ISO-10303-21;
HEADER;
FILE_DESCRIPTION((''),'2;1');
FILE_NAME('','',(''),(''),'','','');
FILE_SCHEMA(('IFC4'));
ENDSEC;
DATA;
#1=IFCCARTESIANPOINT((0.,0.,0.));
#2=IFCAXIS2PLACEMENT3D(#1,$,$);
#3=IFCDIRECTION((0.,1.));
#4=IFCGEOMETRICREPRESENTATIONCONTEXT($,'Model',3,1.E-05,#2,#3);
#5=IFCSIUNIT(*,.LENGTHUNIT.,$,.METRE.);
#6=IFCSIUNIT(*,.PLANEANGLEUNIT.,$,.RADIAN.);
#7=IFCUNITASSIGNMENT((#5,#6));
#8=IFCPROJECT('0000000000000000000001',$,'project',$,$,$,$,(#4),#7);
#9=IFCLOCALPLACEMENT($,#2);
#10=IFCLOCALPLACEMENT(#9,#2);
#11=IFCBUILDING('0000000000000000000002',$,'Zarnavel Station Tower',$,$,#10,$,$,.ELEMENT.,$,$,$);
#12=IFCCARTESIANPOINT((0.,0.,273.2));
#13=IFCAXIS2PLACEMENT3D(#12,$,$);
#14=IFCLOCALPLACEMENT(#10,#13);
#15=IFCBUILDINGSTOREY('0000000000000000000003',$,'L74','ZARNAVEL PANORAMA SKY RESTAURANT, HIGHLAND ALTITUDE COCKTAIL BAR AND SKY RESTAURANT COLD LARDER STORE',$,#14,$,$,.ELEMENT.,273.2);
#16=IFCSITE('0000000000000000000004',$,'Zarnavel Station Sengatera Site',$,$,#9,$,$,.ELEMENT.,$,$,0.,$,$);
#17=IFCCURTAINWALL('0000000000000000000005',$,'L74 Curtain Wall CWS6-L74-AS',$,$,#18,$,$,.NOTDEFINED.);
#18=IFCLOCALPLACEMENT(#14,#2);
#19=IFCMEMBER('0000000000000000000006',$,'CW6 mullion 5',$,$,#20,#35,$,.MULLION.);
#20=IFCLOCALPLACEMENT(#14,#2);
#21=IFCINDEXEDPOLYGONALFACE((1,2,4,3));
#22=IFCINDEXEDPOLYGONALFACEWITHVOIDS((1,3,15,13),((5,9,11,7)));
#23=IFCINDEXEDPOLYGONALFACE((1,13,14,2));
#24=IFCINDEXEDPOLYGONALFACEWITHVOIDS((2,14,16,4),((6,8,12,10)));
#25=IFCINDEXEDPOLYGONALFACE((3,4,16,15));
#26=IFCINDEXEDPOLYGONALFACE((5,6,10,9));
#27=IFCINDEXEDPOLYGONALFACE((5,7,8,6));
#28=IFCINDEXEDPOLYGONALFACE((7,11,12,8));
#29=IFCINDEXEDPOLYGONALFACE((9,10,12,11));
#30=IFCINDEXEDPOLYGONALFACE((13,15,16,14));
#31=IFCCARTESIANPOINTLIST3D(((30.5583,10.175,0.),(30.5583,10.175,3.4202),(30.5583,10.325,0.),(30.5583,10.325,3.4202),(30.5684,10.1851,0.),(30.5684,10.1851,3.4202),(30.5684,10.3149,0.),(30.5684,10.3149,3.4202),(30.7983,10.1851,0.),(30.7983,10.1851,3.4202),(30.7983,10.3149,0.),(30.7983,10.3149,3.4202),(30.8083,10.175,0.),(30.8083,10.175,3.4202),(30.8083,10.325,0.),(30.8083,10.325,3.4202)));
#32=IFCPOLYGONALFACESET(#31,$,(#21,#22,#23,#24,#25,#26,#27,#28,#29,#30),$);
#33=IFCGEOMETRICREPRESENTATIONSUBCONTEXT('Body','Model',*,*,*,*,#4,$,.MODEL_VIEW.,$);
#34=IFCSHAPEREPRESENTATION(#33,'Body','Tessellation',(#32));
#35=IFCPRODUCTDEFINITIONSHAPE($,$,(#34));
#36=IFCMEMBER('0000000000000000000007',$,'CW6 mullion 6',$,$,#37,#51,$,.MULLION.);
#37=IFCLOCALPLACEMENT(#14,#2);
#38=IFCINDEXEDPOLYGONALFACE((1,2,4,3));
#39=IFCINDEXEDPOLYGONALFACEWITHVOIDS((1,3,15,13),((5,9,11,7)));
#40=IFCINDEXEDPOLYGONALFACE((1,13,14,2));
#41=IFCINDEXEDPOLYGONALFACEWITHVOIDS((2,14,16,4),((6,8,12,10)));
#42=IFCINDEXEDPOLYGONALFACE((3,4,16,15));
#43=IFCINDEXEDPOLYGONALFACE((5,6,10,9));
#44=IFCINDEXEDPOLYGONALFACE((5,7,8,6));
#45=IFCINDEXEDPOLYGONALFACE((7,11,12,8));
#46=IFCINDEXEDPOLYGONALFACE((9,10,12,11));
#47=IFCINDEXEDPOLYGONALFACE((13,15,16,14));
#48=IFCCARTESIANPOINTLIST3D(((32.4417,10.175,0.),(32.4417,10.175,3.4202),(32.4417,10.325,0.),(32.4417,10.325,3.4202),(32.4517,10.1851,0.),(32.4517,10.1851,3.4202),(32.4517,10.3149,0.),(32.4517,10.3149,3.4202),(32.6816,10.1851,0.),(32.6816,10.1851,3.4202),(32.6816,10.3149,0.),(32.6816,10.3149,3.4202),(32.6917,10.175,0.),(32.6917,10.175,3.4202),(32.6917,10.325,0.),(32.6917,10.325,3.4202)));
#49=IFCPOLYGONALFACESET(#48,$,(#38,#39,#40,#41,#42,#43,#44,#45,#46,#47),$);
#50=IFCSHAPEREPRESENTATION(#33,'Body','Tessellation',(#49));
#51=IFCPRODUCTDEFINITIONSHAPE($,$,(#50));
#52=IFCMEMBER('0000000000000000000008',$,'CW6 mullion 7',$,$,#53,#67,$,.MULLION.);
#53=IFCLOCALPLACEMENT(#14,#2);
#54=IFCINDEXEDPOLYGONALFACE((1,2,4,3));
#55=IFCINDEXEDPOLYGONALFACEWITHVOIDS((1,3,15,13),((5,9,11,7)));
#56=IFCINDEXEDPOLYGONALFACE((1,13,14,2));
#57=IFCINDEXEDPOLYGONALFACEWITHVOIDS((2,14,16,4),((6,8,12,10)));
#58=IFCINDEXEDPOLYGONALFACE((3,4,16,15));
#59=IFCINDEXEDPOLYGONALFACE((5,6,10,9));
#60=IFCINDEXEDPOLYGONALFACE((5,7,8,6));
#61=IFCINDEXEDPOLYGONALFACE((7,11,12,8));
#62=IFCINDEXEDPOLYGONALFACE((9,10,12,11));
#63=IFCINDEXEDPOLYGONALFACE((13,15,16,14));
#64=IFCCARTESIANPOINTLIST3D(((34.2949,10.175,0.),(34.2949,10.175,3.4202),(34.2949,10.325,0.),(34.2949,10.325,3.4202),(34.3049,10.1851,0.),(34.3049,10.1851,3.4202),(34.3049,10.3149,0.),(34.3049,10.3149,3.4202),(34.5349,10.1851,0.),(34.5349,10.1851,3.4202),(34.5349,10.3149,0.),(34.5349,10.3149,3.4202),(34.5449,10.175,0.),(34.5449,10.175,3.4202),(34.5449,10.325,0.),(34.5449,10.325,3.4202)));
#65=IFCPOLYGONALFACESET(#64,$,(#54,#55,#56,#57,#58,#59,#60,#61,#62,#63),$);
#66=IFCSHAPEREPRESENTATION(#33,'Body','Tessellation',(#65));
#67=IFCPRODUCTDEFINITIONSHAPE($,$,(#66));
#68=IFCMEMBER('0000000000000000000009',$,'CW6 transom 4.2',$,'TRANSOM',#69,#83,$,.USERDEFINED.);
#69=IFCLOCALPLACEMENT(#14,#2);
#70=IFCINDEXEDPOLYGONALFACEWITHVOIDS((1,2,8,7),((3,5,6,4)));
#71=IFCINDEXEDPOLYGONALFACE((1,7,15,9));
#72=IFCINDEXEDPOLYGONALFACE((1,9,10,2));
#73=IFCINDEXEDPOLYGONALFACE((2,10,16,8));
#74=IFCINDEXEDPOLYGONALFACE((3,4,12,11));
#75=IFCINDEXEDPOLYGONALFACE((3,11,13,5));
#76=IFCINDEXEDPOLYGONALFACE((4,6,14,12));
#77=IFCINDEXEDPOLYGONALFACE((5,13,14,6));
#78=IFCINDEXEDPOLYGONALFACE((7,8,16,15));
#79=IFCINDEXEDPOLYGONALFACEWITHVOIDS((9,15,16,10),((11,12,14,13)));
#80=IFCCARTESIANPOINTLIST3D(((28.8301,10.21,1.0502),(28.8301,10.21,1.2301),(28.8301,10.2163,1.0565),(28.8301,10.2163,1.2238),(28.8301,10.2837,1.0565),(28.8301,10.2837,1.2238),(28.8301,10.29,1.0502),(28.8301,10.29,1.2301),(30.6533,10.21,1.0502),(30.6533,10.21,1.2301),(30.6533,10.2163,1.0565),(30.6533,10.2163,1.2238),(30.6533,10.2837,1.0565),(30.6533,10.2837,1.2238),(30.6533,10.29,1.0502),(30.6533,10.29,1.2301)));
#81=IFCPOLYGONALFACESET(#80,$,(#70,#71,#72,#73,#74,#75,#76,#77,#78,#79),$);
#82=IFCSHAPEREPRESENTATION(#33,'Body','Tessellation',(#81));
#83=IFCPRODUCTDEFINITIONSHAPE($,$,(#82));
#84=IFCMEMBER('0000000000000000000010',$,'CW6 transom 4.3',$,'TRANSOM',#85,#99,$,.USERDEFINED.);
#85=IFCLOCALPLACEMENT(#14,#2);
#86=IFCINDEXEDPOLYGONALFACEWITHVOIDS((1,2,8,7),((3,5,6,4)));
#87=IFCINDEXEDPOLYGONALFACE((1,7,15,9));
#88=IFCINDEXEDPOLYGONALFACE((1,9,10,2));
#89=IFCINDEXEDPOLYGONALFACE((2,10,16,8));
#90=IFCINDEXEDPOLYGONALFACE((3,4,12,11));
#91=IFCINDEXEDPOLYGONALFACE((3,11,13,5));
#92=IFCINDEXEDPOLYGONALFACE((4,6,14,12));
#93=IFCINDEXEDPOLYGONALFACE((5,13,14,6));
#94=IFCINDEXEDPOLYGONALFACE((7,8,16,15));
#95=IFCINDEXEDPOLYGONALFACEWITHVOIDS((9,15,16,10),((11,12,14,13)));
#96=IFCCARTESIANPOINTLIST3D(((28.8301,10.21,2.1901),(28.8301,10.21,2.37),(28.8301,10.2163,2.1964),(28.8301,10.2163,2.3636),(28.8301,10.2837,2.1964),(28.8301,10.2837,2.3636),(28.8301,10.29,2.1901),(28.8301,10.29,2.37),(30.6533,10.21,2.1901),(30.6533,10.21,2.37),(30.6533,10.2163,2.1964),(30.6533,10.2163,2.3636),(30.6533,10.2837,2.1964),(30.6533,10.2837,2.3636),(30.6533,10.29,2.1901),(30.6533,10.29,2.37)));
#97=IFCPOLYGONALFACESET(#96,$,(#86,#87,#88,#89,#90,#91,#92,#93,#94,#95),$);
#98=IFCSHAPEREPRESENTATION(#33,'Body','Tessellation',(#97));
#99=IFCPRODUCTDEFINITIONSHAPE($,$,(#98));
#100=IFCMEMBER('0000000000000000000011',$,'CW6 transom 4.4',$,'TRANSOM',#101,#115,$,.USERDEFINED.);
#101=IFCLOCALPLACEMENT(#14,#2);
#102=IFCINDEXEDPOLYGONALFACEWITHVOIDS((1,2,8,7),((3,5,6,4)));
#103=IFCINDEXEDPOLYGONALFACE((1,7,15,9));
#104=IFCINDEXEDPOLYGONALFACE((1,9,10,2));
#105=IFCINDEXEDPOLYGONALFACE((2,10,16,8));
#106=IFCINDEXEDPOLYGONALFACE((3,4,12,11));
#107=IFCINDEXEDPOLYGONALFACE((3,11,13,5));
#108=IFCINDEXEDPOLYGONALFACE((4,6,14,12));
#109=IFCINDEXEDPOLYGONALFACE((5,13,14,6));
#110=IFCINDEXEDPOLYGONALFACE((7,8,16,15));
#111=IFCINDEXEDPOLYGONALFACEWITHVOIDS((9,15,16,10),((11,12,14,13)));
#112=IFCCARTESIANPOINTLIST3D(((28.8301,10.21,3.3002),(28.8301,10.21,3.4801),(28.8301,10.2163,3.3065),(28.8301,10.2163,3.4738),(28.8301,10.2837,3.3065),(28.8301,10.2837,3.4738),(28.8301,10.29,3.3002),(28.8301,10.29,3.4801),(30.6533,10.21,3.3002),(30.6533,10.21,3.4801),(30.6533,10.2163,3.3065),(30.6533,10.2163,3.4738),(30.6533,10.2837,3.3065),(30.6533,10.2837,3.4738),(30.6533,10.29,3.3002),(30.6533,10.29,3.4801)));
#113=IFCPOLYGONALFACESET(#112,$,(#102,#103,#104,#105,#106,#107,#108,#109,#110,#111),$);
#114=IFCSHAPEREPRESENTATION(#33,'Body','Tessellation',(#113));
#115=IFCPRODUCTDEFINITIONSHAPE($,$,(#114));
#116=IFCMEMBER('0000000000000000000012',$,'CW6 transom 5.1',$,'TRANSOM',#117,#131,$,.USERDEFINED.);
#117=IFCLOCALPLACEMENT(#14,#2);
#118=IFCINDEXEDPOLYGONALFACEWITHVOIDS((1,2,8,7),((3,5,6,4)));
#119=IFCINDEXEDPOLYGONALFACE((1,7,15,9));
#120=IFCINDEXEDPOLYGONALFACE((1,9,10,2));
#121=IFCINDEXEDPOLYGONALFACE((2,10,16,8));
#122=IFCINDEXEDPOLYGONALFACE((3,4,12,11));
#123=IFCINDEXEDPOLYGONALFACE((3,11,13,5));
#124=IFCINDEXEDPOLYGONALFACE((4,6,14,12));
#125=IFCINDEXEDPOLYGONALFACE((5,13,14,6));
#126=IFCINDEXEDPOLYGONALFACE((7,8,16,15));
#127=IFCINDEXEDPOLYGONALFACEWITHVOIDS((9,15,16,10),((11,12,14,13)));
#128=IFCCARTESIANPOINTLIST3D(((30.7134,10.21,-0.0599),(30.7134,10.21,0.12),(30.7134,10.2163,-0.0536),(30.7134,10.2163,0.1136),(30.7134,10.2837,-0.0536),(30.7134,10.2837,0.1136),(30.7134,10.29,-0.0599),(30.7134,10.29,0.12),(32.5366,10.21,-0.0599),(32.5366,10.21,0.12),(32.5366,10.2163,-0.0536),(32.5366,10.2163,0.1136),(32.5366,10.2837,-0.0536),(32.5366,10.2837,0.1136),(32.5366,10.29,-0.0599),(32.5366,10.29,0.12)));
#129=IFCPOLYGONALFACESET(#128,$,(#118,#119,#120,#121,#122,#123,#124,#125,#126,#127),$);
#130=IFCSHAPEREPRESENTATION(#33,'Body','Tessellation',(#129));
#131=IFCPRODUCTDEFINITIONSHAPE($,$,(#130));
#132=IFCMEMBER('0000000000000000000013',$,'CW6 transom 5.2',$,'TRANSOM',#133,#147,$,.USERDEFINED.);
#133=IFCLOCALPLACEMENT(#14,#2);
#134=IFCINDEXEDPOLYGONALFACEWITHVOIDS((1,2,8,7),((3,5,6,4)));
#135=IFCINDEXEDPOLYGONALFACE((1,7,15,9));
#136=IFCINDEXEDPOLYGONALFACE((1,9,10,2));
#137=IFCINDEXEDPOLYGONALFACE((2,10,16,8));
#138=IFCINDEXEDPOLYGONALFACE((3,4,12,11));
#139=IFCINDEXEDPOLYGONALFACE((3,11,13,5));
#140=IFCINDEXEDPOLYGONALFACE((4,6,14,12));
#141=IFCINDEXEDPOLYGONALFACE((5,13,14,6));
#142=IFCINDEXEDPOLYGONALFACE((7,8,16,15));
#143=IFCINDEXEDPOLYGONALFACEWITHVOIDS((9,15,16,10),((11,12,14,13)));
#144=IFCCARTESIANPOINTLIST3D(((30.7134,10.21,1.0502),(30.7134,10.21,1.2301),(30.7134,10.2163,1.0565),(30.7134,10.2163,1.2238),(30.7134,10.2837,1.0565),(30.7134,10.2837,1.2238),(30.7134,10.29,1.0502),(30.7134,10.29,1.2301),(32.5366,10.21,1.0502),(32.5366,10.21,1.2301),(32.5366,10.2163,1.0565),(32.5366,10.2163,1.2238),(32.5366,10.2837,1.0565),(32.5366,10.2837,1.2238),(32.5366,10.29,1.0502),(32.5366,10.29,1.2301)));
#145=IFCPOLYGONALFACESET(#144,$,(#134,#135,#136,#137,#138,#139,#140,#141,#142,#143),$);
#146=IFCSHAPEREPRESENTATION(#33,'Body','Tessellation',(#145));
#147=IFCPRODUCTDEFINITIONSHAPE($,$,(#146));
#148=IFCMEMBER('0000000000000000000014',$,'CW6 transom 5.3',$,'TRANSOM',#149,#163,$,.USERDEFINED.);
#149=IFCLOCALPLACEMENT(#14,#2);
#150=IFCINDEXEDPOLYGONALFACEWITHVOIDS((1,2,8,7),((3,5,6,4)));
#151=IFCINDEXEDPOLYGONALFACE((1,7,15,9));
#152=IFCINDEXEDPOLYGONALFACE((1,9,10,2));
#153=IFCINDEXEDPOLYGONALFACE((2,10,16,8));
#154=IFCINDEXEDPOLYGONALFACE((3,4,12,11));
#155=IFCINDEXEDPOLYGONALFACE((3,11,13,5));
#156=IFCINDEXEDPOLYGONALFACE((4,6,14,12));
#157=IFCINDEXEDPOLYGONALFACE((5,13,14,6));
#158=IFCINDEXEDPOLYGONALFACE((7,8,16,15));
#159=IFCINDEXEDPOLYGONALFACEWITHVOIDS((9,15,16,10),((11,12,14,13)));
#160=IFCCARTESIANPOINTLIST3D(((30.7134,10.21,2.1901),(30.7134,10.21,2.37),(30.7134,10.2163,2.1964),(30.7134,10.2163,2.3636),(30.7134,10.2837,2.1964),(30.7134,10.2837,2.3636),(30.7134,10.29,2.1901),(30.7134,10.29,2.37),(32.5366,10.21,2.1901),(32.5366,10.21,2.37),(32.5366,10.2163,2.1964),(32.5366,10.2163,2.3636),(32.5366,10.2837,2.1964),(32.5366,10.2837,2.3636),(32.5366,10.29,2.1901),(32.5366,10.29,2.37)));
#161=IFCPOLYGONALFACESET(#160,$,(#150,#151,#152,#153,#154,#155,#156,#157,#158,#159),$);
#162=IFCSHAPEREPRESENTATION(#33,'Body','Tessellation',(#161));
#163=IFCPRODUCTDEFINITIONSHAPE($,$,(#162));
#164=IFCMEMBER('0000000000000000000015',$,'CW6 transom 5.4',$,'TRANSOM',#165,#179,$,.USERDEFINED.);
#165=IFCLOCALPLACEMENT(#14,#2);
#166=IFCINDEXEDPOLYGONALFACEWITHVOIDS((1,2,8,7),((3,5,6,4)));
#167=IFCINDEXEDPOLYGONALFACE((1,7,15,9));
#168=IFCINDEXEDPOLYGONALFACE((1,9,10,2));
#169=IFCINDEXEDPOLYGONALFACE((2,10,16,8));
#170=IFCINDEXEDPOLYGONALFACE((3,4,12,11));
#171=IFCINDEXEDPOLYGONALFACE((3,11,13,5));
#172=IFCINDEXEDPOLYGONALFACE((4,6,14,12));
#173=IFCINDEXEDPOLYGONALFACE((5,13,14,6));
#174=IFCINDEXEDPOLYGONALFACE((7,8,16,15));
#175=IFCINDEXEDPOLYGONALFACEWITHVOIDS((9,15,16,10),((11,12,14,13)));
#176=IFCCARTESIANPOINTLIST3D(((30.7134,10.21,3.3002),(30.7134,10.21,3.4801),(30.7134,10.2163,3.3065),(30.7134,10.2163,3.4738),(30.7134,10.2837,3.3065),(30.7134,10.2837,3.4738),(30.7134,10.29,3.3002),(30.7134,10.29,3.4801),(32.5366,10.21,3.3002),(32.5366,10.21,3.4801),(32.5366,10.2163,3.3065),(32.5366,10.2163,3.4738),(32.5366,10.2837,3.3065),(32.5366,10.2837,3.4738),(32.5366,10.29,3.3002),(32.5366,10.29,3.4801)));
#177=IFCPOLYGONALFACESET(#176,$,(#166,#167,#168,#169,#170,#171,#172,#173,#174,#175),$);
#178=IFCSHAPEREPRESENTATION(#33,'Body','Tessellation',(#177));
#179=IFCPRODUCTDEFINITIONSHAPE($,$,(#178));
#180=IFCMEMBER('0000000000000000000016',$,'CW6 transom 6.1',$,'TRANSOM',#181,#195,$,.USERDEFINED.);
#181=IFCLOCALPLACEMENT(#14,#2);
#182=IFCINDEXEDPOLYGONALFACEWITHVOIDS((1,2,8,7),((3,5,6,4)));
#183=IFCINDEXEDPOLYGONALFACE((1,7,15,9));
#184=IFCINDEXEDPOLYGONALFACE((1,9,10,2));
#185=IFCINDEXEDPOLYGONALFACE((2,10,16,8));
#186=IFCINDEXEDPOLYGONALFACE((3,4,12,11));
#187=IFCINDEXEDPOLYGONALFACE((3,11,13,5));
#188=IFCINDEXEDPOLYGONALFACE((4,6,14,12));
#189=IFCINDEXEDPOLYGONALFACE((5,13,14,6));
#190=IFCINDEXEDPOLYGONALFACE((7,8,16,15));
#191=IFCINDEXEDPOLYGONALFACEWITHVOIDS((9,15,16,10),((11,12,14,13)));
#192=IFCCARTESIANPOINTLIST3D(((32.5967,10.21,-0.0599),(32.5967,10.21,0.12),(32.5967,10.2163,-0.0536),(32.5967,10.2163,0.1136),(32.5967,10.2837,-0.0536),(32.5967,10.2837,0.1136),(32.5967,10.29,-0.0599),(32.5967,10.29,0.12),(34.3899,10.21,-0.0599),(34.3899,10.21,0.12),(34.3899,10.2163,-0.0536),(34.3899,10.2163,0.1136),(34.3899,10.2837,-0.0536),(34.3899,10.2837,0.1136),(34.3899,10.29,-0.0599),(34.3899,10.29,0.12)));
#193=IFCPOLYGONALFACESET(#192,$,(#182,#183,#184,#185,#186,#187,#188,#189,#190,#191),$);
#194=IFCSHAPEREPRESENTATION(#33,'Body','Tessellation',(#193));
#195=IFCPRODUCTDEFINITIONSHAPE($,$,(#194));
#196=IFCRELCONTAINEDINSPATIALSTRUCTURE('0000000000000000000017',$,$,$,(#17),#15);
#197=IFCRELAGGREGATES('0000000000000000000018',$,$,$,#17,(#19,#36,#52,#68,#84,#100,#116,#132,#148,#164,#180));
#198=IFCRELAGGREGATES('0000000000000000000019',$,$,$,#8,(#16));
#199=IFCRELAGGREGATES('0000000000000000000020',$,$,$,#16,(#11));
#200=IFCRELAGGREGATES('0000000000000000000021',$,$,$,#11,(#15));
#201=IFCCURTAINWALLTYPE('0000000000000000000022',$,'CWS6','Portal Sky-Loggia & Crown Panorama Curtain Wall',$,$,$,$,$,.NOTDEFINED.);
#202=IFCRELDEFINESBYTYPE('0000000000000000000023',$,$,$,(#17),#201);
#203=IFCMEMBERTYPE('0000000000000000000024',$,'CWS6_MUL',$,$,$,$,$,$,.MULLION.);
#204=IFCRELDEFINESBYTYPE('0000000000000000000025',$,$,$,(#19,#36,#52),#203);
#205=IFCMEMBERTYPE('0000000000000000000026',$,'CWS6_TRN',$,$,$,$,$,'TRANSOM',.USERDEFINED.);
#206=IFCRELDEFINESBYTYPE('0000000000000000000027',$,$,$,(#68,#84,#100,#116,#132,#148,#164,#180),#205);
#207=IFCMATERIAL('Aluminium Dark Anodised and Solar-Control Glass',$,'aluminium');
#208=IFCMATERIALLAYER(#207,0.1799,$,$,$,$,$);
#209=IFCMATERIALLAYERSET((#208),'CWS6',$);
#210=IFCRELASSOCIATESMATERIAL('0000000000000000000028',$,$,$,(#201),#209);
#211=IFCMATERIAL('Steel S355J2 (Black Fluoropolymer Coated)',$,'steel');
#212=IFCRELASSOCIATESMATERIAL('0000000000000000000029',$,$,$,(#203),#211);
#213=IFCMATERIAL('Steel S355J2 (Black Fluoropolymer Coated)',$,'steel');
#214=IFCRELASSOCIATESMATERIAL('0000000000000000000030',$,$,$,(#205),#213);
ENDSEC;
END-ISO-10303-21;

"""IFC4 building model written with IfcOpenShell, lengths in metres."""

from ifc_helpers import new_model, si_unit, direction, frame, origin, origin_2d, place, context, subcontext, project, spatial, hollow_rectangle, extrude, material, layer, layer_set, material_profile, profile_set, type_object, element, aggregate, save


model = new_model("IFC4")

# Units and contexts
model_context = context("Model", 3, precision=1e-05, world=origin(), true_north=direction((0.0, 1.0)))
body_context = subcontext(model_context, "Body", "Model", "MODEL_VIEW")
ifc_project = project(units=[si_unit("LENGTHUNIT", "METRE"), si_unit("PLANEANGLEUNIT", "RADIAN")], contexts=[model_context])

# Site, building, storey
site_placement = place(None, origin())
site = spatial("IfcSite", under=ifc_project, at=site_placement, Name="Zarnavel Station Sengatera Site", CompositionType="ELEMENT", RefElevation=0.0)
building_placement = place(site_placement, origin())
building = spatial("IfcBuilding", under=site, at=building_placement, Name="Zarnavel Station Tower", CompositionType="ELEMENT")
storey_placement = place(building_placement, frame((0.0, 0.0, 273.2)))
storey = spatial("IfcBuildingStorey", under=building, at=storey_placement, Name="L74", Description="ZARNAVEL PANORAMA SKY RESTAURANT, HIGHLAND ALTITUDE COCKTAIL BAR AND SKY RESTAURANT COLD LARDER STORE", CompositionType="ELEMENT", Elevation=273.2)

# Curtain wall, members
ifc_material_1 = material(Name="Aluminium Dark Anodised and Solar-Control Glass", Category="aluminium")
ifc_layer_1 = layer(ifc_material_1, 0.1799)
ifc_layer_set_1 = layer_set([ifc_layer_1], Name="CWS6")
curtain_wall_type = type_object("IfcCurtainWallType", Name="CWS6", Description="Portal Sky-Loggia & Crown Panorama Curtain Wall", PredefinedType="NOTDEFINED", material=ifc_layer_set_1)
curtain_wall_placement = place(storey_placement, origin())
curtain_wall = element("IfcCurtainWall", 1, at=curtain_wall_placement, inside=storey, type_object=curtain_wall_type, Name="L74 Curtain Wall CWS6-L74-AS", PredefinedType="NOTDEFINED")
ifc_material_2 = material(Name="Steel S355J2 (Black Fluoropolymer Coated)", Category="steel")
ifc_material_profile_1 = material_profile(ifc_material_2, hollow_rectangle(XDim=0.1499, YDim=0.25, WallThickness=0.01, at=origin_2d()), Name="RHS250x150x10")
ifc_profile_set_1 = profile_set([ifc_material_profile_1], Name="Steel S355J2 (Black Fluoropolymer Coated)")
member_type_1 = type_object("IfcMemberType", Name="CWS6_MUL", PredefinedType="MULLION", material=ifc_profile_set_1)
member_1_placement = place(storey_placement, frame((30.6833, 10.25, 0.0), z_axis=(0.0, 0.0, 1.0), x_axis=(0.0, 1.0, 0.0)))
member_1 = element("IfcMember", 2, at=member_1_placement, type_object=member_type_1, Name="CW6 mullion 5", PredefinedType="MULLION", context=body_context, shape_type="SweptSolid", body=[
    extrude(hollow_rectangle(XDim=0.1499, YDim=0.25, WallThickness=0.01, at=origin_2d()), origin(), (0.0, 0.0, 1.0), 3.4202),
])
member_2_placement = place(storey_placement, frame((32.5667, 10.25, 0.0), z_axis=(0.0, 0.0, 1.0), x_axis=(0.0, 1.0, 0.0)))
member_2 = element("IfcMember", 3, at=member_2_placement, type_object=member_type_1, Name="CW6 mullion 6", PredefinedType="MULLION", context=body_context, shape_type="SweptSolid", body=[
    extrude(hollow_rectangle(XDim=0.1499, YDim=0.25, WallThickness=0.01, at=origin_2d()), origin(), (0.0, 0.0, 1.0), 3.4202),
])
member_3_placement = place(storey_placement, frame((34.4199, 10.25, 0.0), z_axis=(0.0, 0.0, 1.0), x_axis=(0.0, 1.0, 0.0)))
member_3 = element("IfcMember", 4, at=member_3_placement, type_object=member_type_1, Name="CW6 mullion 7", PredefinedType="MULLION", context=body_context, shape_type="SweptSolid", body=[
    extrude(hollow_rectangle(XDim=0.1499, YDim=0.25, WallThickness=0.01, at=origin_2d()), origin(), (0.0, 0.0, 1.0), 3.4202),
])
ifc_material_3 = material(Name="Steel S355J2 (Black Fluoropolymer Coated)", Category="steel")
ifc_material_profile_2 = material_profile(ifc_material_3, hollow_rectangle(XDim=0.0801, YDim=0.1799, WallThickness=0.0063, at=origin_2d()), Name="RHS180x80x6.3")
ifc_profile_set_2 = profile_set([ifc_material_profile_2], Name="Steel S355J2 (Black Fluoropolymer Coated)")
member_type_2 = type_object("IfcMemberType", Name="CWS6_TRN", ElementType="TRANSOM", PredefinedType="USERDEFINED", material=ifc_profile_set_2)
member_4_placement = place(storey_placement, frame((28.8301, 10.25, 1.1401), z_axis=(1.0, 0.0, 0.0), x_axis=(0.0, 1.0, 0.0)))
member_4 = element("IfcMember", 5, at=member_4_placement, type_object=member_type_2, Name="CW6 transom 4.2", ObjectType="TRANSOM", PredefinedType="USERDEFINED", context=body_context, shape_type="SweptSolid", body=[
    extrude(hollow_rectangle(XDim=0.0801, YDim=0.1799, WallThickness=0.0063, at=origin_2d()), origin(), (0.0, 0.0, 1.0), 1.8232),
])
member_5_placement = place(storey_placement, frame((28.8301, 10.25, 2.28), z_axis=(1.0, 0.0, 0.0), x_axis=(0.0, 1.0, 0.0)))
member_5 = element("IfcMember", 6, at=member_5_placement, type_object=member_type_2, Name="CW6 transom 4.3", ObjectType="TRANSOM", PredefinedType="USERDEFINED", context=body_context, shape_type="SweptSolid", body=[
    extrude(hollow_rectangle(XDim=0.0801, YDim=0.1799, WallThickness=0.0063, at=origin_2d()), origin(), (0.0, 0.0, 1.0), 1.8232),
])
member_6_placement = place(storey_placement, frame((28.8301, 10.25, 3.3901), z_axis=(1.0, 0.0, 0.0), x_axis=(0.0, 1.0, 0.0)))
member_6 = element("IfcMember", 7, at=member_6_placement, type_object=member_type_2, Name="CW6 transom 4.4", ObjectType="TRANSOM", PredefinedType="USERDEFINED", context=body_context, shape_type="SweptSolid", body=[
    extrude(hollow_rectangle(XDim=0.0801, YDim=0.1799, WallThickness=0.0063, at=origin_2d()), origin(), (0.0, 0.0, 1.0), 1.8232),
])
member_7_placement = place(storey_placement, frame((30.7134, 10.25, 0.03), z_axis=(1.0, 0.0, 0.0), x_axis=(0.0, 1.0, 0.0)))
member_7 = element("IfcMember", 8, at=member_7_placement, type_object=member_type_2, Name="CW6 transom 5.1", ObjectType="TRANSOM", PredefinedType="USERDEFINED", context=body_context, shape_type="SweptSolid", body=[
    extrude(hollow_rectangle(XDim=0.0801, YDim=0.1799, WallThickness=0.0063, at=origin_2d()), origin(), (0.0, 0.0, 1.0), 1.8232),
])
member_8_placement = place(storey_placement, frame((30.7134, 10.25, 1.1401), z_axis=(1.0, 0.0, 0.0), x_axis=(0.0, 1.0, 0.0)))
member_8 = element("IfcMember", 9, at=member_8_placement, type_object=member_type_2, Name="CW6 transom 5.2", ObjectType="TRANSOM", PredefinedType="USERDEFINED", context=body_context, shape_type="SweptSolid", body=[
    extrude(hollow_rectangle(XDim=0.0801, YDim=0.1799, WallThickness=0.0063, at=origin_2d()), origin(), (0.0, 0.0, 1.0), 1.8232),
])
member_9_placement = place(storey_placement, frame((30.7134, 10.25, 2.28), z_axis=(1.0, 0.0, 0.0), x_axis=(0.0, 1.0, 0.0)))
member_9 = element("IfcMember", 10, at=member_9_placement, type_object=member_type_2, Name="CW6 transom 5.3", ObjectType="TRANSOM", PredefinedType="USERDEFINED", context=body_context, shape_type="SweptSolid", body=[
    extrude(hollow_rectangle(XDim=0.0801, YDim=0.1799, WallThickness=0.0063, at=origin_2d()), origin(), (0.0, 0.0, 1.0), 1.8232),
])
member_10_placement = place(storey_placement, frame((30.7134, 10.25, 3.3901), z_axis=(1.0, 0.0, 0.0), x_axis=(0.0, 1.0, 0.0)))
member_10 = element("IfcMember", 11, at=member_10_placement, type_object=member_type_2, Name="CW6 transom 5.4", ObjectType="TRANSOM", PredefinedType="USERDEFINED", context=body_context, shape_type="SweptSolid", body=[
    extrude(hollow_rectangle(XDim=0.0801, YDim=0.1799, WallThickness=0.0063, at=origin_2d()), origin(), (0.0, 0.0, 1.0), 1.8232),
])
member_11_placement = place(storey_placement, frame((32.5967, 10.25, 0.03), z_axis=(1.0, 0.0, 0.0), x_axis=(0.0, 1.0, 0.0)))
member_11 = element("IfcMember", 12, at=member_11_placement, type_object=member_type_2, Name="CW6 transom 6.1", ObjectType="TRANSOM", PredefinedType="USERDEFINED", context=body_context, shape_type="SweptSolid", body=[
    extrude(hollow_rectangle(XDim=0.0801, YDim=0.1799, WallThickness=0.0063, at=origin_2d()), origin(), (0.0, 0.0, 1.0), 1.7932),
])

aggregate(curtain_wall, [member_1, member_2, member_3, member_4, member_5, member_6, member_7, member_8, member_9, member_10, member_11])

save(model, "model.ifc")
